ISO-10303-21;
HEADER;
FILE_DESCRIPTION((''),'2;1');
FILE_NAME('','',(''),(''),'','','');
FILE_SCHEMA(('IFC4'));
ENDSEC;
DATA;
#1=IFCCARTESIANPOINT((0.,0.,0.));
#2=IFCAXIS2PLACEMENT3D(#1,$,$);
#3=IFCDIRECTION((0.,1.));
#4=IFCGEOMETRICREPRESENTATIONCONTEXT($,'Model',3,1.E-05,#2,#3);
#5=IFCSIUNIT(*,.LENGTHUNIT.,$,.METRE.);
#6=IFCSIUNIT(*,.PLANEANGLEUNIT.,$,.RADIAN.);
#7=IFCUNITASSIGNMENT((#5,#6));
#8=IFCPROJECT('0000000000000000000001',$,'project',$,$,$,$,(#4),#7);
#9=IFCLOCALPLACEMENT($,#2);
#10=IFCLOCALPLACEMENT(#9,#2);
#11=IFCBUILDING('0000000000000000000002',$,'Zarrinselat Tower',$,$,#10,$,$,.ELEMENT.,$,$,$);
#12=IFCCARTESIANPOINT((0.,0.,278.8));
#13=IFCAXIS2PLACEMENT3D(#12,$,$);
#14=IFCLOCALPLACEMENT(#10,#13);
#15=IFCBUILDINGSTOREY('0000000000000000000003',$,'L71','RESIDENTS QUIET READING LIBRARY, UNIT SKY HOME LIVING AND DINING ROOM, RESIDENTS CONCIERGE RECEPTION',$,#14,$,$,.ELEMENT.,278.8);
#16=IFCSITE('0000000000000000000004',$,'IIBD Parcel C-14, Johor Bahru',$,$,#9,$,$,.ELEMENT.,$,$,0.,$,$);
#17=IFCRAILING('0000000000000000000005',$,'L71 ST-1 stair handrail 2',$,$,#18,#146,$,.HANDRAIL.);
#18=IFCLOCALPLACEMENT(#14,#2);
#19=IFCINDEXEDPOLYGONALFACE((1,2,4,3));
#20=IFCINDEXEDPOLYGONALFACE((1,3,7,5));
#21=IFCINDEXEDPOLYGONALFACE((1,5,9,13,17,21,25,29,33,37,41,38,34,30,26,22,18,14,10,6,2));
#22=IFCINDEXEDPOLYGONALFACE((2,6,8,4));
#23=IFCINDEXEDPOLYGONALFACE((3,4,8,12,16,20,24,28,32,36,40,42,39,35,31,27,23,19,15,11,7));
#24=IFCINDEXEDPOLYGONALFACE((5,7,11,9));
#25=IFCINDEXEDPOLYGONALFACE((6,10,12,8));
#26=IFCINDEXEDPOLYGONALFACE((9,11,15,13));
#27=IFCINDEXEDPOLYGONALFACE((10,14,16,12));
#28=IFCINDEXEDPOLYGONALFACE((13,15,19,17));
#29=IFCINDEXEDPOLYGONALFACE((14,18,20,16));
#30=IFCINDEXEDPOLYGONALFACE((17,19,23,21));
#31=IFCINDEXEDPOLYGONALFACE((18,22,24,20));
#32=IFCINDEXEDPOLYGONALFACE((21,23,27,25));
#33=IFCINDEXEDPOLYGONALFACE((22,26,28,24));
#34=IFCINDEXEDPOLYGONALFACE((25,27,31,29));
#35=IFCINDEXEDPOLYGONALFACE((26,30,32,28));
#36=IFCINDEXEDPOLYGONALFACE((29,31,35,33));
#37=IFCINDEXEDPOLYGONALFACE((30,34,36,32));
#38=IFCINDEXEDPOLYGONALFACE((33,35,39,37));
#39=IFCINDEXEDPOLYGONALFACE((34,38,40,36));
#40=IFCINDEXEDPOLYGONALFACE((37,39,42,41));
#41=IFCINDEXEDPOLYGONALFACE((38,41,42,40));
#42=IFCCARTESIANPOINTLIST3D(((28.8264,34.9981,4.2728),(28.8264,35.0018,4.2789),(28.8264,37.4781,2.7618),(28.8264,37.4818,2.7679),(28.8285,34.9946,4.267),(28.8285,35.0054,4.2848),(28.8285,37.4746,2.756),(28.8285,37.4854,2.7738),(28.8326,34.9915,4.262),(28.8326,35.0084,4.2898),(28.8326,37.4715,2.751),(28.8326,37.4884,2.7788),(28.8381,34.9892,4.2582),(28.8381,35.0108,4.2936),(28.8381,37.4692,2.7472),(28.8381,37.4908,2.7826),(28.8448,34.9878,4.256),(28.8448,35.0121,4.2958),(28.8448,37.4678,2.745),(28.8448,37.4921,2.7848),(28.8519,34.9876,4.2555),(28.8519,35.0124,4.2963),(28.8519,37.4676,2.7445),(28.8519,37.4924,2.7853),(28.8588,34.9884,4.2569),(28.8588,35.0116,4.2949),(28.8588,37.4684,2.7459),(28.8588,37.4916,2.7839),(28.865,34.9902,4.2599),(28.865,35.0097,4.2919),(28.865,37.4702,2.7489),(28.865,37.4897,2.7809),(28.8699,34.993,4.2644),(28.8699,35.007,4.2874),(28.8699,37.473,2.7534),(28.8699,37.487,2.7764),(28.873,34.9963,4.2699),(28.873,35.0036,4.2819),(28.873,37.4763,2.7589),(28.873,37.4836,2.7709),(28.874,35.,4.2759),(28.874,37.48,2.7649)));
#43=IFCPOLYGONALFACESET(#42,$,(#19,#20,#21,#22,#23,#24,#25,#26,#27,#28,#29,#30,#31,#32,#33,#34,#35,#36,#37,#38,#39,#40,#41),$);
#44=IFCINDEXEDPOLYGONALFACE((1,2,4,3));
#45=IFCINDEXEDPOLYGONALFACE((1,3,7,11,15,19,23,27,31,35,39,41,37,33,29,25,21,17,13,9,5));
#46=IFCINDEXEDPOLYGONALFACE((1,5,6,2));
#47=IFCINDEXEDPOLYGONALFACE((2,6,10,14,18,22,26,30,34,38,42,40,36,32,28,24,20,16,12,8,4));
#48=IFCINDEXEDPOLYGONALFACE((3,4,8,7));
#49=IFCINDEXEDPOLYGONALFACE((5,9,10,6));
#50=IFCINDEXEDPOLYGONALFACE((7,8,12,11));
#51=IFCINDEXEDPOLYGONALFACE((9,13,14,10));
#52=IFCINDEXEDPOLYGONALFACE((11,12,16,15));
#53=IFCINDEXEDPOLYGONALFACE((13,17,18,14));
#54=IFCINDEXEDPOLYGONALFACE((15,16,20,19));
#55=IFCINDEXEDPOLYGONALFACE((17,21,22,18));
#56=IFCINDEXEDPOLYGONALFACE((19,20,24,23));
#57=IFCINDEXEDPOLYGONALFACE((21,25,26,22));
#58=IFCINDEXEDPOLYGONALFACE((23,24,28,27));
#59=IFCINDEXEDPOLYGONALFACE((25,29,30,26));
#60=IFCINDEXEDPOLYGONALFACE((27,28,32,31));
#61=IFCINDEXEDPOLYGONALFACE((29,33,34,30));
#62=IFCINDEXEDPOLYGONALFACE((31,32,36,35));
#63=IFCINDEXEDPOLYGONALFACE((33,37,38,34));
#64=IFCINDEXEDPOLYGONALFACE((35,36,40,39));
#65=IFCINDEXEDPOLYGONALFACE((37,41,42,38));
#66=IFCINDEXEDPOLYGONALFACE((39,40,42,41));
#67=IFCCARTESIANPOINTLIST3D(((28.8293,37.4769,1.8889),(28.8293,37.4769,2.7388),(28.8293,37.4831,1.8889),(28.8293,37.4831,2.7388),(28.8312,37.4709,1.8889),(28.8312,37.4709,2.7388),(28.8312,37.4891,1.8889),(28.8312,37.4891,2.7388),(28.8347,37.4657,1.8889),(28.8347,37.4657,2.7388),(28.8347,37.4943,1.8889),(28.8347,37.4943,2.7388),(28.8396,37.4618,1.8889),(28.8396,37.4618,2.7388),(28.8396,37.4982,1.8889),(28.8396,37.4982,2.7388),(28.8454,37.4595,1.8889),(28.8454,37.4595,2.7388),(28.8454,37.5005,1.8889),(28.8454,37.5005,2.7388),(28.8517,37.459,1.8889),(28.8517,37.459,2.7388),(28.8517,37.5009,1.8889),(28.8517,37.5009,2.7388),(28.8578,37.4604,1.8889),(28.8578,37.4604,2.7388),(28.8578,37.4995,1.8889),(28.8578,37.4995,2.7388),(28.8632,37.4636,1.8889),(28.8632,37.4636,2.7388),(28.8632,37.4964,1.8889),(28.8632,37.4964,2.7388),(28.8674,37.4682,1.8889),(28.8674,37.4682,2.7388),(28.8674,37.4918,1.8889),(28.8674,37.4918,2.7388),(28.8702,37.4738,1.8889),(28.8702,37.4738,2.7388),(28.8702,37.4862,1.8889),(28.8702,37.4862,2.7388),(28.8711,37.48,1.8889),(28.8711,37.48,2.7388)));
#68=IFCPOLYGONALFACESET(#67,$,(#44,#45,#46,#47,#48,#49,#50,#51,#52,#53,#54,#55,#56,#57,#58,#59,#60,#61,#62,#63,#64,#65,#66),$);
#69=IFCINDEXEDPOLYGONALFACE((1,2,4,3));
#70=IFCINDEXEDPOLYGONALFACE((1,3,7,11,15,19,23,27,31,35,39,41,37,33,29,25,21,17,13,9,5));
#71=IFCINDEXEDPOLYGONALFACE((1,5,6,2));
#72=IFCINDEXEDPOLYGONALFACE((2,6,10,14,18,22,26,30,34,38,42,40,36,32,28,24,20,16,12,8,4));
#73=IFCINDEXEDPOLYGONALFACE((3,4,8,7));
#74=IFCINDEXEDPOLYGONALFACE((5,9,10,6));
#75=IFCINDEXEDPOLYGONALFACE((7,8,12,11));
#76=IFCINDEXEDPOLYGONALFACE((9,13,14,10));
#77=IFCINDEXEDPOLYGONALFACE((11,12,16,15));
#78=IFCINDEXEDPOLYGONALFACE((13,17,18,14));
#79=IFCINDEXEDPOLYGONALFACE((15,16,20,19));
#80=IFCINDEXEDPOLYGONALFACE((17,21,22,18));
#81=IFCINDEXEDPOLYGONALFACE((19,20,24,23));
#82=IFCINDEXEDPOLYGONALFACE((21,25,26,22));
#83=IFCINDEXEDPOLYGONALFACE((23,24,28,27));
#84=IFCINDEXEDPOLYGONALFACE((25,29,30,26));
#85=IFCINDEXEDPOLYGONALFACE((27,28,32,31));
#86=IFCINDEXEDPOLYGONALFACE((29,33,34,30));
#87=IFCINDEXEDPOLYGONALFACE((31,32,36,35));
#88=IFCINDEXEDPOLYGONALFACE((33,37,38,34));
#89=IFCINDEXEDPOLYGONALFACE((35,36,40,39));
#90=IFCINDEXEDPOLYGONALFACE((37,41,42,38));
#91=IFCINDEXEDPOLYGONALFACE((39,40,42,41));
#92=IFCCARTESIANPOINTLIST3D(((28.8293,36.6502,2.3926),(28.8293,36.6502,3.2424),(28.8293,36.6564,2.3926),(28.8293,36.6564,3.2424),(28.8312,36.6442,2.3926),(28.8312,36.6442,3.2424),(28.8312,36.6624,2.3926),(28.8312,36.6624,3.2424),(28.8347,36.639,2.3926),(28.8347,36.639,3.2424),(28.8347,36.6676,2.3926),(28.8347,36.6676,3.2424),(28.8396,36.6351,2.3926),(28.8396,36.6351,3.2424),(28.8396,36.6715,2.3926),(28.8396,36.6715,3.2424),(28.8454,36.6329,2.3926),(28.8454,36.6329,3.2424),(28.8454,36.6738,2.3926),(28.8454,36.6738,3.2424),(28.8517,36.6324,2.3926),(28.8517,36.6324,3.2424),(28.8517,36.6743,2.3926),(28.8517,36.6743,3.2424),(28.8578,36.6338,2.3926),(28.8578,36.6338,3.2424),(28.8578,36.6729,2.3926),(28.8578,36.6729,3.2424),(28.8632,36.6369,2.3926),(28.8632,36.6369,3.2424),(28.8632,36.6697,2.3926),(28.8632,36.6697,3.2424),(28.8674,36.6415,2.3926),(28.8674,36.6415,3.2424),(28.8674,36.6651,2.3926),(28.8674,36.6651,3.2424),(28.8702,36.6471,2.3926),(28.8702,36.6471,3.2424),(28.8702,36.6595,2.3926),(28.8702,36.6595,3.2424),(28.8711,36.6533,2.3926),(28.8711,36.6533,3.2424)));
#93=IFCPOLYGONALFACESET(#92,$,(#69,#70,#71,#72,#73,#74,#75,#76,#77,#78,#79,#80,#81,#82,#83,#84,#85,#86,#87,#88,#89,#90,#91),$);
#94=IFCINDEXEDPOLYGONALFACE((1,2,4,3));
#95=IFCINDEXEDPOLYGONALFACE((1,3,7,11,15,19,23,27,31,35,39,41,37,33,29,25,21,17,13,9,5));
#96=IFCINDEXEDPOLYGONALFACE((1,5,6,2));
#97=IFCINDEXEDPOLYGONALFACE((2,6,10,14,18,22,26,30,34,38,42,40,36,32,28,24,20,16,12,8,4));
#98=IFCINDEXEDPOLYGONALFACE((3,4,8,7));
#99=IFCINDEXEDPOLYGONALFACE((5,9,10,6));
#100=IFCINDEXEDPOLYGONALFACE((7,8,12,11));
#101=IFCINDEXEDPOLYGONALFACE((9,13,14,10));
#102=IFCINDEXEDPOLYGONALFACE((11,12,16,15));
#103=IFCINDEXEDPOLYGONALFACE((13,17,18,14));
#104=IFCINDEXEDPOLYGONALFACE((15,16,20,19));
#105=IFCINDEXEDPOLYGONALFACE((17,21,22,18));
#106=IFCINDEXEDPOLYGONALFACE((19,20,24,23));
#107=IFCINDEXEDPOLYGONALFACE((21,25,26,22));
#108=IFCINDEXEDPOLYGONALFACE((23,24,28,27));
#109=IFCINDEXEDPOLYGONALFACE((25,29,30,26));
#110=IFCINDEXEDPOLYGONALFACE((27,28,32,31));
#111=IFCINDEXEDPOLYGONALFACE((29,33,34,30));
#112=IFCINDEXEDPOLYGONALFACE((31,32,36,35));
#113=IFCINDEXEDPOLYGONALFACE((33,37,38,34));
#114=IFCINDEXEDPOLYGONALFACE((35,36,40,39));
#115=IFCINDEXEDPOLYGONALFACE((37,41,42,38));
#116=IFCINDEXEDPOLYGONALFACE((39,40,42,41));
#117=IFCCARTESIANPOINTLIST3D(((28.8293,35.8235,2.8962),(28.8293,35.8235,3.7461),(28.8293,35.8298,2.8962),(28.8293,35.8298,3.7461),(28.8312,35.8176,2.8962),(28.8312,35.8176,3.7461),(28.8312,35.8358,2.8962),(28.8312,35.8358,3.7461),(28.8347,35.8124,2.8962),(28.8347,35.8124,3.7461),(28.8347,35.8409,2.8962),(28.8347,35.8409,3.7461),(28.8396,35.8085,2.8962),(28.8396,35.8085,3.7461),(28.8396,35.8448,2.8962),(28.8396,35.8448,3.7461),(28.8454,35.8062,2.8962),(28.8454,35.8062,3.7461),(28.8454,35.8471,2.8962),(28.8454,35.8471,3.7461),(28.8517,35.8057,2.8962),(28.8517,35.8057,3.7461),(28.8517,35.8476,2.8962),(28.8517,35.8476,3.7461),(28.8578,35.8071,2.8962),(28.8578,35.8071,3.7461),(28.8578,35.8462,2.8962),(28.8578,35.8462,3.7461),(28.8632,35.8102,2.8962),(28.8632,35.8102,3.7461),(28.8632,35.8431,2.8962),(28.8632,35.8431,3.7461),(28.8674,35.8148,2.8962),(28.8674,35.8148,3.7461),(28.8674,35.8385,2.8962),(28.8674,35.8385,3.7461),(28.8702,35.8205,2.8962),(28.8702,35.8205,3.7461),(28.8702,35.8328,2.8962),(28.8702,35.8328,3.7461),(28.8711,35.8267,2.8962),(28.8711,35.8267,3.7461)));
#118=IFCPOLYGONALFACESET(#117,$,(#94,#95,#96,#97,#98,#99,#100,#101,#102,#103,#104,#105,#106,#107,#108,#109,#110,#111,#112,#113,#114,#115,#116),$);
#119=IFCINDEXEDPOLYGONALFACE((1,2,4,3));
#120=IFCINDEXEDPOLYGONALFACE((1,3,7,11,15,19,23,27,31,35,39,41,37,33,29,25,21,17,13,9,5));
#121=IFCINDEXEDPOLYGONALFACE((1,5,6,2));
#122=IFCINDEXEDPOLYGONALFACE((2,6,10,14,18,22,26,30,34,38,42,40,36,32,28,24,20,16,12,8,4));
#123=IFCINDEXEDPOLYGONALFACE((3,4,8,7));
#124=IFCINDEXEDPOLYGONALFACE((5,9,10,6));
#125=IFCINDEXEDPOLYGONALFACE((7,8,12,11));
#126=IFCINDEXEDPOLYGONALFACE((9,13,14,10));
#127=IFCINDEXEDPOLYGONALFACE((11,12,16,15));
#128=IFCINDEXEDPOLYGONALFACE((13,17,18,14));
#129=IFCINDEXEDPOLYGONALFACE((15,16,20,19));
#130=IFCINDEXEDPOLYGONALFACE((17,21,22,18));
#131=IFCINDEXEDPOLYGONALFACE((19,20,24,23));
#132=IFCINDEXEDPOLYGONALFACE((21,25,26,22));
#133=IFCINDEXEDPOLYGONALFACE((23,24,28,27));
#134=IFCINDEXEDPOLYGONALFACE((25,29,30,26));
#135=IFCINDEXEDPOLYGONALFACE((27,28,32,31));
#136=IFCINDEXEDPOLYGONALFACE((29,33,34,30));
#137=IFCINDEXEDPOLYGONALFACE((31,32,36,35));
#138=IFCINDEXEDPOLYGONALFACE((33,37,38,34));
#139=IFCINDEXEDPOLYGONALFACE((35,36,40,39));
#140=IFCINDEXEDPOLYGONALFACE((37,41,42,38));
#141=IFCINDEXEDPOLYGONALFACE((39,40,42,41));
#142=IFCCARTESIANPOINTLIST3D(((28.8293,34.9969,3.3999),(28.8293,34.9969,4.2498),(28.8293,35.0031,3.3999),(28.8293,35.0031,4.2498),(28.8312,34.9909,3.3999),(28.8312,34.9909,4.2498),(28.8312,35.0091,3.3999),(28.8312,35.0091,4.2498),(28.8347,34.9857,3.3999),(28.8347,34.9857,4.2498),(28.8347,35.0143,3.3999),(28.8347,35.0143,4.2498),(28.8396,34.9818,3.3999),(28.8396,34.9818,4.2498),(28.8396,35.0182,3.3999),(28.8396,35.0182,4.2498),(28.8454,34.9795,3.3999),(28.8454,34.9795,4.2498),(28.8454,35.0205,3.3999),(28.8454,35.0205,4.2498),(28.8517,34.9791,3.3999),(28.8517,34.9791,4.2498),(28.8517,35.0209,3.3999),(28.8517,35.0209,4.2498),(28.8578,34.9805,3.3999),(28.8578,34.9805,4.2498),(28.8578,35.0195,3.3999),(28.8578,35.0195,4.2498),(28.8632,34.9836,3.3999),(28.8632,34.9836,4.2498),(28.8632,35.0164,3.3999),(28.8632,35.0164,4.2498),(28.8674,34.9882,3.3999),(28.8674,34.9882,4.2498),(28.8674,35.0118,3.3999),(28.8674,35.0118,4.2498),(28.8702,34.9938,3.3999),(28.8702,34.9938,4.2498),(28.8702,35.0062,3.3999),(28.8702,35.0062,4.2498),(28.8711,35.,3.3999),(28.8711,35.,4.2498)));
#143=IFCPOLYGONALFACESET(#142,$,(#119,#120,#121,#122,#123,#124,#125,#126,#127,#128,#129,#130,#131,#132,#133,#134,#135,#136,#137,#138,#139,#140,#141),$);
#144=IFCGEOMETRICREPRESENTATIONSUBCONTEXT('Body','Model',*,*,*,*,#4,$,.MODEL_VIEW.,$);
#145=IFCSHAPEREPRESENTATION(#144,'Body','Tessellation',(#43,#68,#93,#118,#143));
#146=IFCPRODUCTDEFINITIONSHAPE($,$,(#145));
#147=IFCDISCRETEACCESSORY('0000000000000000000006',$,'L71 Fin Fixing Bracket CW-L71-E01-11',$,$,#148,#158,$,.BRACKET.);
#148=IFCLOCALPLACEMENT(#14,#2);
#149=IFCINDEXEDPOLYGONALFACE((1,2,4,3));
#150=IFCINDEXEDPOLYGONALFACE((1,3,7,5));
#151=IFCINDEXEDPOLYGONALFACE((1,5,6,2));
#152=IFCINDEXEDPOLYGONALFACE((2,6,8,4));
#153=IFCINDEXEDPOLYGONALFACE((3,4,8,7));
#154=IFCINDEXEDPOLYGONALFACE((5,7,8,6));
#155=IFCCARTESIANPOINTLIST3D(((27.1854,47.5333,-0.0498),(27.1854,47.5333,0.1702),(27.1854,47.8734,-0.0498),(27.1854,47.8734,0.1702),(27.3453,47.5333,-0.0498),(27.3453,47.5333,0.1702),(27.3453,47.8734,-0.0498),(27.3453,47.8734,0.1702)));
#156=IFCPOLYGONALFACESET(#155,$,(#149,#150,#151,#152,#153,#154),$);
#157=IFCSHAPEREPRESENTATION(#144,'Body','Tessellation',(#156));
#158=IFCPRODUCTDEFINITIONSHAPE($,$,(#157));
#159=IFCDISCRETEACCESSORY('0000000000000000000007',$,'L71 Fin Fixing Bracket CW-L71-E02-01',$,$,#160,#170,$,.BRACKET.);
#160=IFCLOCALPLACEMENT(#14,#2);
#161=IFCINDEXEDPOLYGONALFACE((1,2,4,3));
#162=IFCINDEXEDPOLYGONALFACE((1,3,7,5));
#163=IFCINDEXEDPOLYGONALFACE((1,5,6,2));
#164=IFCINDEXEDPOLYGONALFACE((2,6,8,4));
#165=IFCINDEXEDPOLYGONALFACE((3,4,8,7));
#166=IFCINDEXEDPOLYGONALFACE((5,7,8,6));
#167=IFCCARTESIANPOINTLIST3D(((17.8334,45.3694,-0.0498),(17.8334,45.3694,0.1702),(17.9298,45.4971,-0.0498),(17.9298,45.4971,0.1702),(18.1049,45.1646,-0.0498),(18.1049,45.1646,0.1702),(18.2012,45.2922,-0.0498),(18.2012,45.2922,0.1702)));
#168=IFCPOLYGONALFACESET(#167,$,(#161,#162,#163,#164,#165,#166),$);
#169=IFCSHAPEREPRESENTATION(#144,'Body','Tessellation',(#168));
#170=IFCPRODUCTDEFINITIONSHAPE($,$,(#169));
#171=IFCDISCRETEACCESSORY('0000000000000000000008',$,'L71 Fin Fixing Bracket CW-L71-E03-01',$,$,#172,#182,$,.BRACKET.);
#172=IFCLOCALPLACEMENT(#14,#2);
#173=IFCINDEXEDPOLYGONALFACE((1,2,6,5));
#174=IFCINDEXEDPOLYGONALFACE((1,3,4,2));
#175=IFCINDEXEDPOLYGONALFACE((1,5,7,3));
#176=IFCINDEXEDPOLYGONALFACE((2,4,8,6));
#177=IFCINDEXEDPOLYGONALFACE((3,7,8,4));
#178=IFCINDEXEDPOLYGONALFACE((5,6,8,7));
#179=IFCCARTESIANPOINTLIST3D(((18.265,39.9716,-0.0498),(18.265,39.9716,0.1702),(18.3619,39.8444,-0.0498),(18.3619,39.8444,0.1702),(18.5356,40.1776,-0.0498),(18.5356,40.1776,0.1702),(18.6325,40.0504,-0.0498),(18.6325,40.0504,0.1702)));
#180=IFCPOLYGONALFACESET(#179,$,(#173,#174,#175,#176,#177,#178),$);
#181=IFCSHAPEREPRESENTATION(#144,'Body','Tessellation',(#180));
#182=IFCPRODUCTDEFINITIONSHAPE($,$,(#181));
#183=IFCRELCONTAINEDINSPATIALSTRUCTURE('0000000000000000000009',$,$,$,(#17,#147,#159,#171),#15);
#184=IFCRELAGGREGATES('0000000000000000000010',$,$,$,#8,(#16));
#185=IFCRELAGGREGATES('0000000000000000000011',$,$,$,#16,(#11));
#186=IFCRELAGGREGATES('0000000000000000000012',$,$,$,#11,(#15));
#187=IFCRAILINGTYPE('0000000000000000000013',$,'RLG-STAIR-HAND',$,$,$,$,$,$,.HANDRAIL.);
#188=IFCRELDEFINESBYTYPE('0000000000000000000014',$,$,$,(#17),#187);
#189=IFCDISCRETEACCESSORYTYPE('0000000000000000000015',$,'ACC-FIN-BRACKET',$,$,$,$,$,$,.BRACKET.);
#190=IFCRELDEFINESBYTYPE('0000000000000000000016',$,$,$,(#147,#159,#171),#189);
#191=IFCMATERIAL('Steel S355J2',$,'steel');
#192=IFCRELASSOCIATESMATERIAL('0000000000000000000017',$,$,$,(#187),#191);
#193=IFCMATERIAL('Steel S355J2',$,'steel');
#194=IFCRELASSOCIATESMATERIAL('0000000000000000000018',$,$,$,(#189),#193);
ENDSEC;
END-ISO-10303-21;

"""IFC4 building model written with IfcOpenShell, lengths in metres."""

from ifc_helpers import new_model, si_unit, direction, frame, origin, origin_2d, place, context, subcontext, project, spatial, rectangle, circle, extrude, material, type_object, element, save


model = new_model("IFC4")

# Units and contexts
model_context = context("Model", 3, precision=1e-05, world=origin(), true_north=direction((0.0, 1.0)))
body_context = subcontext(model_context, "Body", "Model", "MODEL_VIEW")
ifc_project = project(units=[si_unit("LENGTHUNIT", "METRE"), si_unit("PLANEANGLEUNIT", "RADIAN")], contexts=[model_context])

# Site, building, storey
site_placement = place(None, origin())
site = spatial("IfcSite", under=ifc_project, at=site_placement, Name="IIBD Parcel C-14, Johor Bahru", CompositionType="ELEMENT", RefElevation=0.0)
building_placement = place(site_placement, origin())
building = spatial("IfcBuilding", under=site, at=building_placement, Name="Zarrinselat Tower", CompositionType="ELEMENT")
storey_placement = place(building_placement, frame((0.0, 0.0, 278.8)))
storey = spatial("IfcBuildingStorey", under=building, at=storey_placement, Name="L71", Description="RESIDENTS QUIET READING LIBRARY, UNIT SKY HOME LIVING AND DINING ROOM, RESIDENTS CONCIERGE RECEPTION", CompositionType="ELEMENT", Elevation=278.8)

# Railing
ifc_material_1 = material(Name="Steel S355J2", Category="steel")
railing_type = type_object("IfcRailingType", Name="RLG-STAIR-HAND", PredefinedType="HANDRAIL", material=ifc_material_1)
railing_placement = place(storey_placement, frame((28.8501, 37.48, 1.8889)))
element("IfcRailing", 1, at=railing_placement, inside=storey, type_object=railing_type, Name="L71 ST-1 stair handrail 2", PredefinedType="HANDRAIL", context=body_context, shape_type="SweptSolid", body=[
    extrude(circle(Radius=0.0239, at=origin_2d()), frame((0.0, 0.0, 0.876), z_axis=(0.0, -0.853979, 0.520307), x_axis=(1.0, 0.0, 0.0)), (0.0, 0.0, 1.0), 2.9041),
    extrude(circle(Radius=0.021, at=origin_2d()), origin(), (0.0, 0.0, 1.0), 0.8499),
    extrude(circle(Radius=0.021, at=origin_2d()), frame((0.0, -0.8267, 0.5037)), (0.0, 0.0, 1.0), 0.8499),
    extrude(circle(Radius=0.021, at=origin_2d()), frame((0.0, -1.6533, 1.0073)), (0.0, 0.0, 1.0), 0.8499),
    extrude(circle(Radius=0.021, at=origin_2d()), frame((0.0, -2.48, 1.511)), (0.0, 0.0, 1.0), 0.8499),
])

# Discrete accessories
ifc_material_2 = material(Name="Steel S355J2", Category="steel")
discrete_accessory_type = type_object("IfcDiscreteAccessoryType", Name="ACC-FIN-BRACKET", PredefinedType="BRACKET", material=ifc_material_2)
for number, where, z_axis, x_axis, name in (
    (2, (27.2654, 47.7034, -0.0498), (0.0, 0.0, 1.0), (0.0, 1.0, 0.0), "L71 Fin Fixing Bracket CW-L71-E01-11"),
    (3, (18.0173, 45.3308, -0.0498), (0.0, 0.0, 1.0), (-0.798164, 0.60244, 0.0), "L71 Fin Fixing Bracket CW-L71-E02-01"),
    (4, (18.4487, 40.011, -0.0498), (0.0, 0.0, 1.0), (-0.795642, -0.605767, 0.0), "L71 Fin Fixing Bracket CW-L71-E03-01"),
):
    element("IfcDiscreteAccessory", number, at=place(storey_placement, frame(where, z_axis=z_axis, x_axis=x_axis)), inside=storey, type_object=discrete_accessory_type, Name=name, PredefinedType="BRACKET", context=body_context, shape_type="SweptSolid", body=[
        extrude(rectangle(XDim=0.3401, YDim=0.1599, at=origin_2d()), origin(), (0.0, 0.0, 1.0), 0.22),
    ])

save(model, "model.ifc")
